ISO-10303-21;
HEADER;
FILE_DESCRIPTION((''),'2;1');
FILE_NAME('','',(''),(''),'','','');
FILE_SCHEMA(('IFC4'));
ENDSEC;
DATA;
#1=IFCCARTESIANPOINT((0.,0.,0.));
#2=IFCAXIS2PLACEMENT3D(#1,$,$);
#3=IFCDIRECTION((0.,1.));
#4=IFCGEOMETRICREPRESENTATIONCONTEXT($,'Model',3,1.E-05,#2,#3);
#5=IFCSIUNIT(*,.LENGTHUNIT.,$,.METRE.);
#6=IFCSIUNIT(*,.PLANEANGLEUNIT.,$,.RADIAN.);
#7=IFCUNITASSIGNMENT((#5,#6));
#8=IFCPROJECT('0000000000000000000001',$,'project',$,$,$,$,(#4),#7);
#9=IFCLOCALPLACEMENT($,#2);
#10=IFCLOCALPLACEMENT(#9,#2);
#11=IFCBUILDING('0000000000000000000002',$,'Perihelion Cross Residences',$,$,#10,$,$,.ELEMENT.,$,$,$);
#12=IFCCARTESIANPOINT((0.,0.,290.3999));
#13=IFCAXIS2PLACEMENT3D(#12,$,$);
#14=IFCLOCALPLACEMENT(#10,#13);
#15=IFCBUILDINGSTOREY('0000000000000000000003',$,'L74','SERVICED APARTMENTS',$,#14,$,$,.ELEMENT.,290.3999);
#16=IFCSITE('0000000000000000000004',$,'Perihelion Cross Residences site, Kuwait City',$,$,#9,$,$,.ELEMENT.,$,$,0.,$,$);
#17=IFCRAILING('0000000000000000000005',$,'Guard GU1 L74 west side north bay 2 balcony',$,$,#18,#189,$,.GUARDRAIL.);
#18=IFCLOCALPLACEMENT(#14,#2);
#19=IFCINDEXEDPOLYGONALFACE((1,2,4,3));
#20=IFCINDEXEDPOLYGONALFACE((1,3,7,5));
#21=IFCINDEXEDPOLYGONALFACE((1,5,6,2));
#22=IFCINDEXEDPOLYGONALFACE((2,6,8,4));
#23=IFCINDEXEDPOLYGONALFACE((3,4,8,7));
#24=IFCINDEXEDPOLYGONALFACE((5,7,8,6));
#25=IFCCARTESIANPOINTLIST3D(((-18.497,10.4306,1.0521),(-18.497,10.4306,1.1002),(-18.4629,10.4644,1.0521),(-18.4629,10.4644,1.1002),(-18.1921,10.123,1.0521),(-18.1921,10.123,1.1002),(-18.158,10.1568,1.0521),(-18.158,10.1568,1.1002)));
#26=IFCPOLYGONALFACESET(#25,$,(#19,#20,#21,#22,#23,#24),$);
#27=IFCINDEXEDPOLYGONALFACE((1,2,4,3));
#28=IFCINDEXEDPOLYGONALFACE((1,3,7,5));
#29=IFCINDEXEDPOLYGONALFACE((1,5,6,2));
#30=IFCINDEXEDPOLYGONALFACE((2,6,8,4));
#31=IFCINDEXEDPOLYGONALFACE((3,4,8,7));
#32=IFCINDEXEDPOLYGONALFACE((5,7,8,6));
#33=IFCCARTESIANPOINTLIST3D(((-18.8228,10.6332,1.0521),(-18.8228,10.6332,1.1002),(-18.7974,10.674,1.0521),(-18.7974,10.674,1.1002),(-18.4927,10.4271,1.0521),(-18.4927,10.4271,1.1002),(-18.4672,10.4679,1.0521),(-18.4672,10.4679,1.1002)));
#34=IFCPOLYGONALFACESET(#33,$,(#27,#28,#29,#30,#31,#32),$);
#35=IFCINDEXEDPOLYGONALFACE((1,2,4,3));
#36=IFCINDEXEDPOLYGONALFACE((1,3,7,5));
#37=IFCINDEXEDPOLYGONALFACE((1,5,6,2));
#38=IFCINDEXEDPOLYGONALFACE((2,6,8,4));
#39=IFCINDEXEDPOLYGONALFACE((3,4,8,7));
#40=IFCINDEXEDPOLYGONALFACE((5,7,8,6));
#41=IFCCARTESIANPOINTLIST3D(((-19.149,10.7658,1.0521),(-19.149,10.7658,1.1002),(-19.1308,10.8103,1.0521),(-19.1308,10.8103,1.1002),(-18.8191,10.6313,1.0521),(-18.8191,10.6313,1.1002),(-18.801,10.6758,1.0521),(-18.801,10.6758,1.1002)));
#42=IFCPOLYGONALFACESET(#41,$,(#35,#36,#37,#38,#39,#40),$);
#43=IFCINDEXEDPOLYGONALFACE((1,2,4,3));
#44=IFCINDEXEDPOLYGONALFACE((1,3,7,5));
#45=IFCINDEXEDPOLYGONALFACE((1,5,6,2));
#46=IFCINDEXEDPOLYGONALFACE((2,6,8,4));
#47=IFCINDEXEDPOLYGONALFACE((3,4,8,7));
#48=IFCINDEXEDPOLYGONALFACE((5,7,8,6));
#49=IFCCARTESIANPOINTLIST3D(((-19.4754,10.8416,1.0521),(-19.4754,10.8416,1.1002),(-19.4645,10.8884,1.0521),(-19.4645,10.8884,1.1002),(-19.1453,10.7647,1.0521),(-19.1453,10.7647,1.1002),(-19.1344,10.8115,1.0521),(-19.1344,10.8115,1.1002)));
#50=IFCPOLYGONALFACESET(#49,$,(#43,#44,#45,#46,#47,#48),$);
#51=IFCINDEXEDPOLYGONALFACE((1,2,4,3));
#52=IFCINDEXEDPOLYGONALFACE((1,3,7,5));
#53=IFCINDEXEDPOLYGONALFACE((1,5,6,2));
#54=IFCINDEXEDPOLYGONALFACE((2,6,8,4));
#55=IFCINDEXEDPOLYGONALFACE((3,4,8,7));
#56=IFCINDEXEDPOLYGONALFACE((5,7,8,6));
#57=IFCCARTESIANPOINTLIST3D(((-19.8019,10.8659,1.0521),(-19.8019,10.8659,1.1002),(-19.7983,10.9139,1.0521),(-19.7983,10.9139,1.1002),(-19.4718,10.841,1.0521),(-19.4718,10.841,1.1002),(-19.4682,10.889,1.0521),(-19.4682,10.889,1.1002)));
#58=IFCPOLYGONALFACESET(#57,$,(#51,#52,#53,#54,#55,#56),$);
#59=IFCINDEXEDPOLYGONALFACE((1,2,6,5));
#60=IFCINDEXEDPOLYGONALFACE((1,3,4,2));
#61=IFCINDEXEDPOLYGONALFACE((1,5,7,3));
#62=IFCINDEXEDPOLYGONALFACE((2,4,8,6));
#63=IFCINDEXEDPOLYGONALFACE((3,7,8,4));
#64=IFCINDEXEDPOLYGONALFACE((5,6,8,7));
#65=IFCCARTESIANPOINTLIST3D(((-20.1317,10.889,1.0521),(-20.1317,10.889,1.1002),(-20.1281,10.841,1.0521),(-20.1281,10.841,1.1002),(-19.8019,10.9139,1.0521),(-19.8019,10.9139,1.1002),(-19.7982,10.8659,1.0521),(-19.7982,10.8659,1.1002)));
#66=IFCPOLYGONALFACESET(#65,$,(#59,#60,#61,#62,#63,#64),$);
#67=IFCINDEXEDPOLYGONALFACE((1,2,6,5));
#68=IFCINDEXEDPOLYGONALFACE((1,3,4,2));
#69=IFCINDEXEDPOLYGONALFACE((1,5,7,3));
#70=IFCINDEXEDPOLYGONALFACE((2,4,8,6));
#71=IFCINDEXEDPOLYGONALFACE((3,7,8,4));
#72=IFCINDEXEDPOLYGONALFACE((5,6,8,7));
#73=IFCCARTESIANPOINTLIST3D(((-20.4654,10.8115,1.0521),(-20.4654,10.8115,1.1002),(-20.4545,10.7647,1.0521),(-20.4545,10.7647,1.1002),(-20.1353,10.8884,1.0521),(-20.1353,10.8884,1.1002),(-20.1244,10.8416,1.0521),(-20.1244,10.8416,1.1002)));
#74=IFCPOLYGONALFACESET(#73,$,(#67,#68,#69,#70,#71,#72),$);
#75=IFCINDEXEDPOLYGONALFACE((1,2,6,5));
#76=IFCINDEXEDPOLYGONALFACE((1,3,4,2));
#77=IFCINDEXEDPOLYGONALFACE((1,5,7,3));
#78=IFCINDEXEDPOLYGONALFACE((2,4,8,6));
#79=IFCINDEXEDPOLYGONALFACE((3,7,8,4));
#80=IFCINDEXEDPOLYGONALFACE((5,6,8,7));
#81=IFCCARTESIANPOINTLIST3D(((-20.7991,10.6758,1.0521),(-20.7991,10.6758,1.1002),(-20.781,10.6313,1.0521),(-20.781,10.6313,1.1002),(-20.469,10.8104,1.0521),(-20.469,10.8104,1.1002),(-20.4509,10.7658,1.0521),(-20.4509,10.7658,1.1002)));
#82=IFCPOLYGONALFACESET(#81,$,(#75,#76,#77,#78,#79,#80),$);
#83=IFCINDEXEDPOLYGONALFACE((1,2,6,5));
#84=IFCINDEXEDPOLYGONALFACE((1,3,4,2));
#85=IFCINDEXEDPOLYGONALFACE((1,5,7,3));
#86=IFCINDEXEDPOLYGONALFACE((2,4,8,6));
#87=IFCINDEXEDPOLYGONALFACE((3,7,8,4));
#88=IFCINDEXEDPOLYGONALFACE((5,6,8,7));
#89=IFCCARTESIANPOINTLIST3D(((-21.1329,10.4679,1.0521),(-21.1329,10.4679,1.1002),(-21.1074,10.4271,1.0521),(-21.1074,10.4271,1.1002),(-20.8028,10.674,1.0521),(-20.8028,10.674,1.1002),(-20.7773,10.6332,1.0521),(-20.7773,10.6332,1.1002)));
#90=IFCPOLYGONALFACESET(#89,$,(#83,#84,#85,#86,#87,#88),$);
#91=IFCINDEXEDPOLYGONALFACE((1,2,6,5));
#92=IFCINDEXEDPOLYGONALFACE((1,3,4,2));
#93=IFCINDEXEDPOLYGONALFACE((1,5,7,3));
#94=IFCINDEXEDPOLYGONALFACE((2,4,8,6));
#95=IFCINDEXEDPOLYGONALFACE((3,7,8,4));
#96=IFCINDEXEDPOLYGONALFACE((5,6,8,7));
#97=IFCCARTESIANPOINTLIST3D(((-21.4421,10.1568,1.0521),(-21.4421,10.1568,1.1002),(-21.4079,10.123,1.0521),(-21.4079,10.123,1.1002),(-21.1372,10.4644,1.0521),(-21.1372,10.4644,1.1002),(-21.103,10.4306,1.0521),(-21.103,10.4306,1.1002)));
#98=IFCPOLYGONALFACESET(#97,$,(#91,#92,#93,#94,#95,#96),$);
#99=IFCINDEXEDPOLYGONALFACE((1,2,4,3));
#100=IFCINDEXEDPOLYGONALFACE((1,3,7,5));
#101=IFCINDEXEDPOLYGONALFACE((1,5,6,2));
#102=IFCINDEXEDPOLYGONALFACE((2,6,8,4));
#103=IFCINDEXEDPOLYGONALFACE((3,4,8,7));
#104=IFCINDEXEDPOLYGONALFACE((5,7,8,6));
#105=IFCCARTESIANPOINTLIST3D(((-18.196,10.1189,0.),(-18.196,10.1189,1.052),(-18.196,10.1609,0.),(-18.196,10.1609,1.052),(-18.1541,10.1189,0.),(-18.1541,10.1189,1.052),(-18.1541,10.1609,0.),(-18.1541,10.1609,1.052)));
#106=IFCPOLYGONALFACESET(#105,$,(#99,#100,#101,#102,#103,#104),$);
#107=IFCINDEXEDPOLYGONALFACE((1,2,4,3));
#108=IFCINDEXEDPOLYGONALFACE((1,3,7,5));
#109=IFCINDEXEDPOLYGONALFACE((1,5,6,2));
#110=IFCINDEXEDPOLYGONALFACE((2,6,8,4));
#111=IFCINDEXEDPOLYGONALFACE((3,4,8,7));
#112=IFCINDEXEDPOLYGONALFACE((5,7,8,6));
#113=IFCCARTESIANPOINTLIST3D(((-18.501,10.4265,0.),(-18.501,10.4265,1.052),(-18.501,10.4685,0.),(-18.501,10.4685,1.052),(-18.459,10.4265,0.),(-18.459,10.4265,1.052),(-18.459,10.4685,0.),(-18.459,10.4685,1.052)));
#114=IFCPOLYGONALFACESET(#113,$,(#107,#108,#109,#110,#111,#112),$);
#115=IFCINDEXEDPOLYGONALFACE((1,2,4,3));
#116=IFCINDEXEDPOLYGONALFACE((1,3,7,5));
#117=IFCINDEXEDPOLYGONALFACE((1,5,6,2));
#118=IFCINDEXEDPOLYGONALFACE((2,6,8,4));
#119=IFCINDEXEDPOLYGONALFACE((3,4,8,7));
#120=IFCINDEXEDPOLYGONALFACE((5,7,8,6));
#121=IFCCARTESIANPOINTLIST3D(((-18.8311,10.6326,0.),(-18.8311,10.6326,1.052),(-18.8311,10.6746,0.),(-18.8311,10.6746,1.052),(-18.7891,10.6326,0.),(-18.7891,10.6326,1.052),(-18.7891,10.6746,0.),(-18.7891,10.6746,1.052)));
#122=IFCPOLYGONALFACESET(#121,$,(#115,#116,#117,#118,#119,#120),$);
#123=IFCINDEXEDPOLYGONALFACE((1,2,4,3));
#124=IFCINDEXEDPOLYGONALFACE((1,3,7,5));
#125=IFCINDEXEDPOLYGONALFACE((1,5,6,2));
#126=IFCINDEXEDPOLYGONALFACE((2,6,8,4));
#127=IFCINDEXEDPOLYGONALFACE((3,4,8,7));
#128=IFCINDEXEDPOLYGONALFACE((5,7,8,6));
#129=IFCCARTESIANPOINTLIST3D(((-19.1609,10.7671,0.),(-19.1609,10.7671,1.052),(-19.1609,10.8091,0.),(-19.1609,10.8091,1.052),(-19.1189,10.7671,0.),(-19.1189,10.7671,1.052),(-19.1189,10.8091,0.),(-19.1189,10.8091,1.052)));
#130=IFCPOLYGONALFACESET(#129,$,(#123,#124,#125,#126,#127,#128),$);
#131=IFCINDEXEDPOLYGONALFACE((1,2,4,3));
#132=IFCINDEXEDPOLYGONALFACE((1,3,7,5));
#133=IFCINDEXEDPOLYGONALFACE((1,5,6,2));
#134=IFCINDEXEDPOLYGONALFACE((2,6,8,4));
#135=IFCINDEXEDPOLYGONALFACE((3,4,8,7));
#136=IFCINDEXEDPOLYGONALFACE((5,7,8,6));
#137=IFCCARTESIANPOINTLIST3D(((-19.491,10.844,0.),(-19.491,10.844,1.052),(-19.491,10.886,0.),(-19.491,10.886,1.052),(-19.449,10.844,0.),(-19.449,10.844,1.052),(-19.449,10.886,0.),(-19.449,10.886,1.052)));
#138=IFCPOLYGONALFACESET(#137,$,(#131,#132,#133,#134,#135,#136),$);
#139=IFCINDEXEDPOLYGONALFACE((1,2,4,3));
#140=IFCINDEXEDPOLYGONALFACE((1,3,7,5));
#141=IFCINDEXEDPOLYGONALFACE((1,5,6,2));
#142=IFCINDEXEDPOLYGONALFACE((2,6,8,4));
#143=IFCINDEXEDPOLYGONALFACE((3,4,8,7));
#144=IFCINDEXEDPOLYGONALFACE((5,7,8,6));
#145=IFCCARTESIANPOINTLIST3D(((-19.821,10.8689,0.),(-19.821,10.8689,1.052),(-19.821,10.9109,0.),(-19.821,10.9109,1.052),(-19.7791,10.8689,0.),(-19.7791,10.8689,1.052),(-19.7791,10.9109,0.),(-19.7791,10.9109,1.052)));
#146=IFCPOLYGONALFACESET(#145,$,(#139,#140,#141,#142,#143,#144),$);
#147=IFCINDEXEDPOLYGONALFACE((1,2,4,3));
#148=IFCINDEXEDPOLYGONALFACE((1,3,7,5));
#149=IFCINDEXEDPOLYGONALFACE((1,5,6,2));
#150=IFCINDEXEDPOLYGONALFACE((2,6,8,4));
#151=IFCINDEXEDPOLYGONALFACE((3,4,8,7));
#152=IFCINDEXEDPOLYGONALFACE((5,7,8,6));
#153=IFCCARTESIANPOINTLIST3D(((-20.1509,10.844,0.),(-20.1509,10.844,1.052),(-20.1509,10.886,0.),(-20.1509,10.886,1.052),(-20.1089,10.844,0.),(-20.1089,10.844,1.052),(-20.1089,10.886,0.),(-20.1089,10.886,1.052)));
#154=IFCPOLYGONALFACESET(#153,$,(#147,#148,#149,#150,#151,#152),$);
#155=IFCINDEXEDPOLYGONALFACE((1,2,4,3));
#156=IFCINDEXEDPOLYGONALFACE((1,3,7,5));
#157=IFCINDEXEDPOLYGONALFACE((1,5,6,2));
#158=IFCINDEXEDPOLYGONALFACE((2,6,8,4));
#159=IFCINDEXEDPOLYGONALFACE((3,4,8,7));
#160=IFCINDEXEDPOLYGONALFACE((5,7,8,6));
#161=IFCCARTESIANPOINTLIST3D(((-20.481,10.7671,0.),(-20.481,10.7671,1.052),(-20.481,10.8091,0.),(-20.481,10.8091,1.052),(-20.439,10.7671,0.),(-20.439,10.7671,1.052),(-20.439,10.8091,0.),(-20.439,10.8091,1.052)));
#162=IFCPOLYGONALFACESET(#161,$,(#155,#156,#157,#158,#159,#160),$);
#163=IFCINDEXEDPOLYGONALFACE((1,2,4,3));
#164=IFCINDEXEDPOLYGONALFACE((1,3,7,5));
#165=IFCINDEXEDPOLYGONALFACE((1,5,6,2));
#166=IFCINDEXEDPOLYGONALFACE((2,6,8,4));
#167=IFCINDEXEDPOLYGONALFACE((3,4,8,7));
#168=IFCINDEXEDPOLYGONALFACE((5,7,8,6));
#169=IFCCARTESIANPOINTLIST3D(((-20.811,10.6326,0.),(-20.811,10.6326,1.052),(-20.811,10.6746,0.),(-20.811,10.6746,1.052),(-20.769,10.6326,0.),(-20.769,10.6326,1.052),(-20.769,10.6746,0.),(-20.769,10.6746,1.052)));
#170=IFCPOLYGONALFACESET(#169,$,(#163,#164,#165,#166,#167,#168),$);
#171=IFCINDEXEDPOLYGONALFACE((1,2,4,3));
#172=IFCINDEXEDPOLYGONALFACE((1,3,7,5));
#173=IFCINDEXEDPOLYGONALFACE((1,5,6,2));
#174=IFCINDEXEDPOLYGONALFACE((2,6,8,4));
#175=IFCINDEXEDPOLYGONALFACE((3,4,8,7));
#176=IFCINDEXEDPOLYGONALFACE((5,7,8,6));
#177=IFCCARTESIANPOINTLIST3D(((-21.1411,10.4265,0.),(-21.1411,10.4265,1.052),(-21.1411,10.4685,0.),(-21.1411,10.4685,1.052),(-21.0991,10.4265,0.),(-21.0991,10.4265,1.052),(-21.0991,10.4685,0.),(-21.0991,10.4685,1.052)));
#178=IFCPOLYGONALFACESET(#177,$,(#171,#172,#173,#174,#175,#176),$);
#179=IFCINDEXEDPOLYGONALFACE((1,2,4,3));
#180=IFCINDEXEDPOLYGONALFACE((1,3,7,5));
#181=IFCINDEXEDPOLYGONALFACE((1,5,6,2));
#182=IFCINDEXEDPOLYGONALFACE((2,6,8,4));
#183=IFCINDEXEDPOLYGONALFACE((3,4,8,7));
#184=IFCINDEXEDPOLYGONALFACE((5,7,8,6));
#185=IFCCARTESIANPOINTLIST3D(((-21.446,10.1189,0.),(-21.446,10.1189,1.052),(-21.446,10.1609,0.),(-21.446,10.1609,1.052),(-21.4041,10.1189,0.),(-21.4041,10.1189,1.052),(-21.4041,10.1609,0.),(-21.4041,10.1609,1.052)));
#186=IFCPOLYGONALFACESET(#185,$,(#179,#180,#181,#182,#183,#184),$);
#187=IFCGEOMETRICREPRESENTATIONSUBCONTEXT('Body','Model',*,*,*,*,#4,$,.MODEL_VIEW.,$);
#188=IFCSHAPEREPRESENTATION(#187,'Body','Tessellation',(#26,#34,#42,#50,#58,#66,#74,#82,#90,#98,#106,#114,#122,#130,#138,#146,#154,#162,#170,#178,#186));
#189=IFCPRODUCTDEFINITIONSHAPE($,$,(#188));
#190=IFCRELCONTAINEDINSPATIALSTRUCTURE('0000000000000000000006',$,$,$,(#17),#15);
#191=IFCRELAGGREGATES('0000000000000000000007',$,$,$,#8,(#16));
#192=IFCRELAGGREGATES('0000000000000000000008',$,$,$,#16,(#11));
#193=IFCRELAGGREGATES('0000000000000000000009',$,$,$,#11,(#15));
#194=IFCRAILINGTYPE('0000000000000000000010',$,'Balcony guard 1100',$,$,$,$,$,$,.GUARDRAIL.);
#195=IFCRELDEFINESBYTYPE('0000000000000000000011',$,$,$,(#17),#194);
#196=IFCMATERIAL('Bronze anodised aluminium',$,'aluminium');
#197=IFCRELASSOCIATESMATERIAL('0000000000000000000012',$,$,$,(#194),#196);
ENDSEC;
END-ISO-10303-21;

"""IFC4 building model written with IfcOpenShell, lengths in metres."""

from ifc_helpers import new_model, si_unit, direction, frame, origin, origin_2d, place, context, subcontext, project, spatial, rectangle, extrude, material, type_object, element, save


model = new_model("IFC4")

# Units and contexts
model_context = context("Model", 3, precision=1e-05, world=origin(), true_north=direction((0.0, 1.0)))
body_context = subcontext(model_context, "Body", "Model", "MODEL_VIEW")
ifc_project = project(units=[si_unit("LENGTHUNIT", "METRE"), si_unit("PLANEANGLEUNIT", "RADIAN")], contexts=[model_context])

# Site, building, storey
site_placement = place(None, origin())
site = spatial("IfcSite", under=ifc_project, at=site_placement, Name="Perihelion Cross Residences site, Kuwait City", CompositionType="ELEMENT", RefElevation=0.0)
building_placement = place(site_placement, origin())
building = spatial("IfcBuilding", under=site, at=building_placement, Name="Perihelion Cross Residences", CompositionType="ELEMENT")
storey_placement = place(building_placement, frame((0.0, 0.0, 290.3999)))
storey = spatial("IfcBuildingStorey", under=building, at=storey_placement, Name="L74", Description="SERVICED APARTMENTS", CompositionType="ELEMENT", Elevation=290.3999)

# Railing
ifc_material_1 = material(Name="Bronze anodised aluminium", Category="aluminium")
railing_type = type_object("IfcRailingType", Name="Balcony guard 1100", PredefinedType="GUARDRAIL", material=ifc_material_1)
railing_placement = place(storey_placement, frame((-18.175, 10.1399, 0.0)))
element("IfcRailing", 1, at=railing_placement, inside=storey, type_object=railing_type, Name="Guard GU1 L74 west side north bay 2 balcony", PredefinedType="GUARDRAIL", context=body_context, shape_type="SweptSolid", body=[
    extrude(rectangle(XDim=0.0481, YDim=0.0481, at=origin_2d()), frame((0.0, 0.0, 1.0762), z_axis=(-0.704, 0.7102, 0.0), x_axis=(-0.7102, -0.704, 0.0)), (0.0, 0.0, 1.0), 0.4331),
    extrude(rectangle(XDim=0.0481, YDim=0.0481, at=origin_2d()), frame((-0.3049, 0.3076, 1.0762), z_axis=(-0.84828, 0.529548, 0.0), x_axis=(-0.529548, -0.84828, 0.0)), (0.0, 0.0, 1.0), 0.3892),
    extrude(rectangle(XDim=0.0481, YDim=0.0481, at=origin_2d()), frame((-0.635, 0.5137, 1.0762), z_axis=(-0.92595, 0.377645, 0.0), x_axis=(-0.377645, -0.92595, 0.0)), (0.0, 0.0, 1.0), 0.3562),
    extrude(rectangle(XDim=0.0481, YDim=0.0481, at=origin_2d()), frame((-0.9648, 0.6482, 1.0762), z_axis=(-0.973916, 0.226911, 0.0), x_axis=(-0.226911, -0.973916, 0.0)), (0.0, 0.0, 1.0), 0.3389),
    extrude(rectangle(XDim=0.0481, YDim=0.0481, at=origin_2d()), frame((-1.2949, 0.7251, 1.0762), z_axis=(-0.997166, 0.07523, 0.0), x_axis=(-0.07523, -0.997166, 0.0)), (0.0, 0.0, 1.0), 0.3311),
    extrude(rectangle(XDim=0.0481, YDim=0.0481, at=origin_2d()), frame((-1.625, 0.75, 1.0762), z_axis=(-0.997162, -0.075285, 0.0), x_axis=(0.075285, -0.997162, 0.0)), (0.0, 0.0, 1.0), 0.3308),
    extrude(rectangle(XDim=0.0481, YDim=0.0481, at=origin_2d()), frame((-1.9548, 0.7251, 1.0762), z_axis=(-0.973916, -0.226911, 0.0), x_axis=(0.226911, -0.973916, 0.0)), (0.0, 0.0, 1.0), 0.3389),
    extrude(rectangle(XDim=0.0481, YDim=0.0481, at=origin_2d()), frame((-2.2849, 0.6482, 1.0762), z_axis=(-0.926048, -0.377406, 0.0), x_axis=(0.377406, -0.926048, 0.0)), (0.0, 0.0, 1.0), 0.3564),
    extrude(rectangle(XDim=0.0481, YDim=0.0481, at=origin_2d()), frame((-2.615, 0.5137, 1.0762), z_axis=(-0.84828, -0.529548, 0.0), x_axis=(0.529548, -0.84828, 0.0)), (0.0, 0.0, 1.0), 0.3892),
    extrude(rectangle(XDim=0.0481, YDim=0.0481, at=origin_2d()), frame((-2.9451, 0.3076, 1.0762), z_axis=(-0.704, -0.7102, 0.0), x_axis=(0.7102, -0.704, 0.0)), (0.0, 0.0, 1.0), 0.4331),
    extrude(rectangle(XDim=0.042, YDim=0.042, at=origin_2d()), origin(), (0.0, 0.0, 1.0), 1.052),
    extrude(rectangle(XDim=0.042, YDim=0.042, at=origin_2d()), frame((-0.3049, 0.3076, 0.0)), (0.0, 0.0, 1.0), 1.052),
    extrude(rectangle(XDim=0.042, YDim=0.042, at=origin_2d()), frame((-0.635, 0.5137, 0.0)), (0.0, 0.0, 1.0), 1.052),
    extrude(rectangle(XDim=0.042, YDim=0.042, at=origin_2d()), frame((-0.9648, 0.6482, 0.0)), (0.0, 0.0, 1.0), 1.052),
    extrude(rectangle(XDim=0.042, YDim=0.042, at=origin_2d()), frame((-1.2949, 0.7251, 0.0)), (0.0, 0.0, 1.0), 1.052),
    extrude(rectangle(XDim=0.042, YDim=0.042, at=origin_2d()), frame((-1.625, 0.75, 0.0)), (0.0, 0.0, 1.0), 1.052),
    extrude(rectangle(XDim=0.042, YDim=0.042, at=origin_2d()), frame((-1.9548, 0.7251, 0.0)), (0.0, 0.0, 1.0), 1.052),
    extrude(rectangle(XDim=0.042, YDim=0.042, at=origin_2d()), frame((-2.2849, 0.6482, 0.0)), (0.0, 0.0, 1.0), 1.052),
    extrude(rectangle(XDim=0.042, YDim=0.042, at=origin_2d()), frame((-2.615, 0.5137, 0.0)), (0.0, 0.0, 1.0), 1.052),
    extrude(rectangle(XDim=0.042, YDim=0.042, at=origin_2d()), frame((-2.9451, 0.3076, 0.0)), (0.0, 0.0, 1.0), 1.052),
    extrude(rectangle(XDim=0.042, YDim=0.042, at=origin_2d()), frame((-3.25, 0.0, 0.0)), (0.0, 0.0, 1.0), 1.052),
])

save(model, "model.ifc")
